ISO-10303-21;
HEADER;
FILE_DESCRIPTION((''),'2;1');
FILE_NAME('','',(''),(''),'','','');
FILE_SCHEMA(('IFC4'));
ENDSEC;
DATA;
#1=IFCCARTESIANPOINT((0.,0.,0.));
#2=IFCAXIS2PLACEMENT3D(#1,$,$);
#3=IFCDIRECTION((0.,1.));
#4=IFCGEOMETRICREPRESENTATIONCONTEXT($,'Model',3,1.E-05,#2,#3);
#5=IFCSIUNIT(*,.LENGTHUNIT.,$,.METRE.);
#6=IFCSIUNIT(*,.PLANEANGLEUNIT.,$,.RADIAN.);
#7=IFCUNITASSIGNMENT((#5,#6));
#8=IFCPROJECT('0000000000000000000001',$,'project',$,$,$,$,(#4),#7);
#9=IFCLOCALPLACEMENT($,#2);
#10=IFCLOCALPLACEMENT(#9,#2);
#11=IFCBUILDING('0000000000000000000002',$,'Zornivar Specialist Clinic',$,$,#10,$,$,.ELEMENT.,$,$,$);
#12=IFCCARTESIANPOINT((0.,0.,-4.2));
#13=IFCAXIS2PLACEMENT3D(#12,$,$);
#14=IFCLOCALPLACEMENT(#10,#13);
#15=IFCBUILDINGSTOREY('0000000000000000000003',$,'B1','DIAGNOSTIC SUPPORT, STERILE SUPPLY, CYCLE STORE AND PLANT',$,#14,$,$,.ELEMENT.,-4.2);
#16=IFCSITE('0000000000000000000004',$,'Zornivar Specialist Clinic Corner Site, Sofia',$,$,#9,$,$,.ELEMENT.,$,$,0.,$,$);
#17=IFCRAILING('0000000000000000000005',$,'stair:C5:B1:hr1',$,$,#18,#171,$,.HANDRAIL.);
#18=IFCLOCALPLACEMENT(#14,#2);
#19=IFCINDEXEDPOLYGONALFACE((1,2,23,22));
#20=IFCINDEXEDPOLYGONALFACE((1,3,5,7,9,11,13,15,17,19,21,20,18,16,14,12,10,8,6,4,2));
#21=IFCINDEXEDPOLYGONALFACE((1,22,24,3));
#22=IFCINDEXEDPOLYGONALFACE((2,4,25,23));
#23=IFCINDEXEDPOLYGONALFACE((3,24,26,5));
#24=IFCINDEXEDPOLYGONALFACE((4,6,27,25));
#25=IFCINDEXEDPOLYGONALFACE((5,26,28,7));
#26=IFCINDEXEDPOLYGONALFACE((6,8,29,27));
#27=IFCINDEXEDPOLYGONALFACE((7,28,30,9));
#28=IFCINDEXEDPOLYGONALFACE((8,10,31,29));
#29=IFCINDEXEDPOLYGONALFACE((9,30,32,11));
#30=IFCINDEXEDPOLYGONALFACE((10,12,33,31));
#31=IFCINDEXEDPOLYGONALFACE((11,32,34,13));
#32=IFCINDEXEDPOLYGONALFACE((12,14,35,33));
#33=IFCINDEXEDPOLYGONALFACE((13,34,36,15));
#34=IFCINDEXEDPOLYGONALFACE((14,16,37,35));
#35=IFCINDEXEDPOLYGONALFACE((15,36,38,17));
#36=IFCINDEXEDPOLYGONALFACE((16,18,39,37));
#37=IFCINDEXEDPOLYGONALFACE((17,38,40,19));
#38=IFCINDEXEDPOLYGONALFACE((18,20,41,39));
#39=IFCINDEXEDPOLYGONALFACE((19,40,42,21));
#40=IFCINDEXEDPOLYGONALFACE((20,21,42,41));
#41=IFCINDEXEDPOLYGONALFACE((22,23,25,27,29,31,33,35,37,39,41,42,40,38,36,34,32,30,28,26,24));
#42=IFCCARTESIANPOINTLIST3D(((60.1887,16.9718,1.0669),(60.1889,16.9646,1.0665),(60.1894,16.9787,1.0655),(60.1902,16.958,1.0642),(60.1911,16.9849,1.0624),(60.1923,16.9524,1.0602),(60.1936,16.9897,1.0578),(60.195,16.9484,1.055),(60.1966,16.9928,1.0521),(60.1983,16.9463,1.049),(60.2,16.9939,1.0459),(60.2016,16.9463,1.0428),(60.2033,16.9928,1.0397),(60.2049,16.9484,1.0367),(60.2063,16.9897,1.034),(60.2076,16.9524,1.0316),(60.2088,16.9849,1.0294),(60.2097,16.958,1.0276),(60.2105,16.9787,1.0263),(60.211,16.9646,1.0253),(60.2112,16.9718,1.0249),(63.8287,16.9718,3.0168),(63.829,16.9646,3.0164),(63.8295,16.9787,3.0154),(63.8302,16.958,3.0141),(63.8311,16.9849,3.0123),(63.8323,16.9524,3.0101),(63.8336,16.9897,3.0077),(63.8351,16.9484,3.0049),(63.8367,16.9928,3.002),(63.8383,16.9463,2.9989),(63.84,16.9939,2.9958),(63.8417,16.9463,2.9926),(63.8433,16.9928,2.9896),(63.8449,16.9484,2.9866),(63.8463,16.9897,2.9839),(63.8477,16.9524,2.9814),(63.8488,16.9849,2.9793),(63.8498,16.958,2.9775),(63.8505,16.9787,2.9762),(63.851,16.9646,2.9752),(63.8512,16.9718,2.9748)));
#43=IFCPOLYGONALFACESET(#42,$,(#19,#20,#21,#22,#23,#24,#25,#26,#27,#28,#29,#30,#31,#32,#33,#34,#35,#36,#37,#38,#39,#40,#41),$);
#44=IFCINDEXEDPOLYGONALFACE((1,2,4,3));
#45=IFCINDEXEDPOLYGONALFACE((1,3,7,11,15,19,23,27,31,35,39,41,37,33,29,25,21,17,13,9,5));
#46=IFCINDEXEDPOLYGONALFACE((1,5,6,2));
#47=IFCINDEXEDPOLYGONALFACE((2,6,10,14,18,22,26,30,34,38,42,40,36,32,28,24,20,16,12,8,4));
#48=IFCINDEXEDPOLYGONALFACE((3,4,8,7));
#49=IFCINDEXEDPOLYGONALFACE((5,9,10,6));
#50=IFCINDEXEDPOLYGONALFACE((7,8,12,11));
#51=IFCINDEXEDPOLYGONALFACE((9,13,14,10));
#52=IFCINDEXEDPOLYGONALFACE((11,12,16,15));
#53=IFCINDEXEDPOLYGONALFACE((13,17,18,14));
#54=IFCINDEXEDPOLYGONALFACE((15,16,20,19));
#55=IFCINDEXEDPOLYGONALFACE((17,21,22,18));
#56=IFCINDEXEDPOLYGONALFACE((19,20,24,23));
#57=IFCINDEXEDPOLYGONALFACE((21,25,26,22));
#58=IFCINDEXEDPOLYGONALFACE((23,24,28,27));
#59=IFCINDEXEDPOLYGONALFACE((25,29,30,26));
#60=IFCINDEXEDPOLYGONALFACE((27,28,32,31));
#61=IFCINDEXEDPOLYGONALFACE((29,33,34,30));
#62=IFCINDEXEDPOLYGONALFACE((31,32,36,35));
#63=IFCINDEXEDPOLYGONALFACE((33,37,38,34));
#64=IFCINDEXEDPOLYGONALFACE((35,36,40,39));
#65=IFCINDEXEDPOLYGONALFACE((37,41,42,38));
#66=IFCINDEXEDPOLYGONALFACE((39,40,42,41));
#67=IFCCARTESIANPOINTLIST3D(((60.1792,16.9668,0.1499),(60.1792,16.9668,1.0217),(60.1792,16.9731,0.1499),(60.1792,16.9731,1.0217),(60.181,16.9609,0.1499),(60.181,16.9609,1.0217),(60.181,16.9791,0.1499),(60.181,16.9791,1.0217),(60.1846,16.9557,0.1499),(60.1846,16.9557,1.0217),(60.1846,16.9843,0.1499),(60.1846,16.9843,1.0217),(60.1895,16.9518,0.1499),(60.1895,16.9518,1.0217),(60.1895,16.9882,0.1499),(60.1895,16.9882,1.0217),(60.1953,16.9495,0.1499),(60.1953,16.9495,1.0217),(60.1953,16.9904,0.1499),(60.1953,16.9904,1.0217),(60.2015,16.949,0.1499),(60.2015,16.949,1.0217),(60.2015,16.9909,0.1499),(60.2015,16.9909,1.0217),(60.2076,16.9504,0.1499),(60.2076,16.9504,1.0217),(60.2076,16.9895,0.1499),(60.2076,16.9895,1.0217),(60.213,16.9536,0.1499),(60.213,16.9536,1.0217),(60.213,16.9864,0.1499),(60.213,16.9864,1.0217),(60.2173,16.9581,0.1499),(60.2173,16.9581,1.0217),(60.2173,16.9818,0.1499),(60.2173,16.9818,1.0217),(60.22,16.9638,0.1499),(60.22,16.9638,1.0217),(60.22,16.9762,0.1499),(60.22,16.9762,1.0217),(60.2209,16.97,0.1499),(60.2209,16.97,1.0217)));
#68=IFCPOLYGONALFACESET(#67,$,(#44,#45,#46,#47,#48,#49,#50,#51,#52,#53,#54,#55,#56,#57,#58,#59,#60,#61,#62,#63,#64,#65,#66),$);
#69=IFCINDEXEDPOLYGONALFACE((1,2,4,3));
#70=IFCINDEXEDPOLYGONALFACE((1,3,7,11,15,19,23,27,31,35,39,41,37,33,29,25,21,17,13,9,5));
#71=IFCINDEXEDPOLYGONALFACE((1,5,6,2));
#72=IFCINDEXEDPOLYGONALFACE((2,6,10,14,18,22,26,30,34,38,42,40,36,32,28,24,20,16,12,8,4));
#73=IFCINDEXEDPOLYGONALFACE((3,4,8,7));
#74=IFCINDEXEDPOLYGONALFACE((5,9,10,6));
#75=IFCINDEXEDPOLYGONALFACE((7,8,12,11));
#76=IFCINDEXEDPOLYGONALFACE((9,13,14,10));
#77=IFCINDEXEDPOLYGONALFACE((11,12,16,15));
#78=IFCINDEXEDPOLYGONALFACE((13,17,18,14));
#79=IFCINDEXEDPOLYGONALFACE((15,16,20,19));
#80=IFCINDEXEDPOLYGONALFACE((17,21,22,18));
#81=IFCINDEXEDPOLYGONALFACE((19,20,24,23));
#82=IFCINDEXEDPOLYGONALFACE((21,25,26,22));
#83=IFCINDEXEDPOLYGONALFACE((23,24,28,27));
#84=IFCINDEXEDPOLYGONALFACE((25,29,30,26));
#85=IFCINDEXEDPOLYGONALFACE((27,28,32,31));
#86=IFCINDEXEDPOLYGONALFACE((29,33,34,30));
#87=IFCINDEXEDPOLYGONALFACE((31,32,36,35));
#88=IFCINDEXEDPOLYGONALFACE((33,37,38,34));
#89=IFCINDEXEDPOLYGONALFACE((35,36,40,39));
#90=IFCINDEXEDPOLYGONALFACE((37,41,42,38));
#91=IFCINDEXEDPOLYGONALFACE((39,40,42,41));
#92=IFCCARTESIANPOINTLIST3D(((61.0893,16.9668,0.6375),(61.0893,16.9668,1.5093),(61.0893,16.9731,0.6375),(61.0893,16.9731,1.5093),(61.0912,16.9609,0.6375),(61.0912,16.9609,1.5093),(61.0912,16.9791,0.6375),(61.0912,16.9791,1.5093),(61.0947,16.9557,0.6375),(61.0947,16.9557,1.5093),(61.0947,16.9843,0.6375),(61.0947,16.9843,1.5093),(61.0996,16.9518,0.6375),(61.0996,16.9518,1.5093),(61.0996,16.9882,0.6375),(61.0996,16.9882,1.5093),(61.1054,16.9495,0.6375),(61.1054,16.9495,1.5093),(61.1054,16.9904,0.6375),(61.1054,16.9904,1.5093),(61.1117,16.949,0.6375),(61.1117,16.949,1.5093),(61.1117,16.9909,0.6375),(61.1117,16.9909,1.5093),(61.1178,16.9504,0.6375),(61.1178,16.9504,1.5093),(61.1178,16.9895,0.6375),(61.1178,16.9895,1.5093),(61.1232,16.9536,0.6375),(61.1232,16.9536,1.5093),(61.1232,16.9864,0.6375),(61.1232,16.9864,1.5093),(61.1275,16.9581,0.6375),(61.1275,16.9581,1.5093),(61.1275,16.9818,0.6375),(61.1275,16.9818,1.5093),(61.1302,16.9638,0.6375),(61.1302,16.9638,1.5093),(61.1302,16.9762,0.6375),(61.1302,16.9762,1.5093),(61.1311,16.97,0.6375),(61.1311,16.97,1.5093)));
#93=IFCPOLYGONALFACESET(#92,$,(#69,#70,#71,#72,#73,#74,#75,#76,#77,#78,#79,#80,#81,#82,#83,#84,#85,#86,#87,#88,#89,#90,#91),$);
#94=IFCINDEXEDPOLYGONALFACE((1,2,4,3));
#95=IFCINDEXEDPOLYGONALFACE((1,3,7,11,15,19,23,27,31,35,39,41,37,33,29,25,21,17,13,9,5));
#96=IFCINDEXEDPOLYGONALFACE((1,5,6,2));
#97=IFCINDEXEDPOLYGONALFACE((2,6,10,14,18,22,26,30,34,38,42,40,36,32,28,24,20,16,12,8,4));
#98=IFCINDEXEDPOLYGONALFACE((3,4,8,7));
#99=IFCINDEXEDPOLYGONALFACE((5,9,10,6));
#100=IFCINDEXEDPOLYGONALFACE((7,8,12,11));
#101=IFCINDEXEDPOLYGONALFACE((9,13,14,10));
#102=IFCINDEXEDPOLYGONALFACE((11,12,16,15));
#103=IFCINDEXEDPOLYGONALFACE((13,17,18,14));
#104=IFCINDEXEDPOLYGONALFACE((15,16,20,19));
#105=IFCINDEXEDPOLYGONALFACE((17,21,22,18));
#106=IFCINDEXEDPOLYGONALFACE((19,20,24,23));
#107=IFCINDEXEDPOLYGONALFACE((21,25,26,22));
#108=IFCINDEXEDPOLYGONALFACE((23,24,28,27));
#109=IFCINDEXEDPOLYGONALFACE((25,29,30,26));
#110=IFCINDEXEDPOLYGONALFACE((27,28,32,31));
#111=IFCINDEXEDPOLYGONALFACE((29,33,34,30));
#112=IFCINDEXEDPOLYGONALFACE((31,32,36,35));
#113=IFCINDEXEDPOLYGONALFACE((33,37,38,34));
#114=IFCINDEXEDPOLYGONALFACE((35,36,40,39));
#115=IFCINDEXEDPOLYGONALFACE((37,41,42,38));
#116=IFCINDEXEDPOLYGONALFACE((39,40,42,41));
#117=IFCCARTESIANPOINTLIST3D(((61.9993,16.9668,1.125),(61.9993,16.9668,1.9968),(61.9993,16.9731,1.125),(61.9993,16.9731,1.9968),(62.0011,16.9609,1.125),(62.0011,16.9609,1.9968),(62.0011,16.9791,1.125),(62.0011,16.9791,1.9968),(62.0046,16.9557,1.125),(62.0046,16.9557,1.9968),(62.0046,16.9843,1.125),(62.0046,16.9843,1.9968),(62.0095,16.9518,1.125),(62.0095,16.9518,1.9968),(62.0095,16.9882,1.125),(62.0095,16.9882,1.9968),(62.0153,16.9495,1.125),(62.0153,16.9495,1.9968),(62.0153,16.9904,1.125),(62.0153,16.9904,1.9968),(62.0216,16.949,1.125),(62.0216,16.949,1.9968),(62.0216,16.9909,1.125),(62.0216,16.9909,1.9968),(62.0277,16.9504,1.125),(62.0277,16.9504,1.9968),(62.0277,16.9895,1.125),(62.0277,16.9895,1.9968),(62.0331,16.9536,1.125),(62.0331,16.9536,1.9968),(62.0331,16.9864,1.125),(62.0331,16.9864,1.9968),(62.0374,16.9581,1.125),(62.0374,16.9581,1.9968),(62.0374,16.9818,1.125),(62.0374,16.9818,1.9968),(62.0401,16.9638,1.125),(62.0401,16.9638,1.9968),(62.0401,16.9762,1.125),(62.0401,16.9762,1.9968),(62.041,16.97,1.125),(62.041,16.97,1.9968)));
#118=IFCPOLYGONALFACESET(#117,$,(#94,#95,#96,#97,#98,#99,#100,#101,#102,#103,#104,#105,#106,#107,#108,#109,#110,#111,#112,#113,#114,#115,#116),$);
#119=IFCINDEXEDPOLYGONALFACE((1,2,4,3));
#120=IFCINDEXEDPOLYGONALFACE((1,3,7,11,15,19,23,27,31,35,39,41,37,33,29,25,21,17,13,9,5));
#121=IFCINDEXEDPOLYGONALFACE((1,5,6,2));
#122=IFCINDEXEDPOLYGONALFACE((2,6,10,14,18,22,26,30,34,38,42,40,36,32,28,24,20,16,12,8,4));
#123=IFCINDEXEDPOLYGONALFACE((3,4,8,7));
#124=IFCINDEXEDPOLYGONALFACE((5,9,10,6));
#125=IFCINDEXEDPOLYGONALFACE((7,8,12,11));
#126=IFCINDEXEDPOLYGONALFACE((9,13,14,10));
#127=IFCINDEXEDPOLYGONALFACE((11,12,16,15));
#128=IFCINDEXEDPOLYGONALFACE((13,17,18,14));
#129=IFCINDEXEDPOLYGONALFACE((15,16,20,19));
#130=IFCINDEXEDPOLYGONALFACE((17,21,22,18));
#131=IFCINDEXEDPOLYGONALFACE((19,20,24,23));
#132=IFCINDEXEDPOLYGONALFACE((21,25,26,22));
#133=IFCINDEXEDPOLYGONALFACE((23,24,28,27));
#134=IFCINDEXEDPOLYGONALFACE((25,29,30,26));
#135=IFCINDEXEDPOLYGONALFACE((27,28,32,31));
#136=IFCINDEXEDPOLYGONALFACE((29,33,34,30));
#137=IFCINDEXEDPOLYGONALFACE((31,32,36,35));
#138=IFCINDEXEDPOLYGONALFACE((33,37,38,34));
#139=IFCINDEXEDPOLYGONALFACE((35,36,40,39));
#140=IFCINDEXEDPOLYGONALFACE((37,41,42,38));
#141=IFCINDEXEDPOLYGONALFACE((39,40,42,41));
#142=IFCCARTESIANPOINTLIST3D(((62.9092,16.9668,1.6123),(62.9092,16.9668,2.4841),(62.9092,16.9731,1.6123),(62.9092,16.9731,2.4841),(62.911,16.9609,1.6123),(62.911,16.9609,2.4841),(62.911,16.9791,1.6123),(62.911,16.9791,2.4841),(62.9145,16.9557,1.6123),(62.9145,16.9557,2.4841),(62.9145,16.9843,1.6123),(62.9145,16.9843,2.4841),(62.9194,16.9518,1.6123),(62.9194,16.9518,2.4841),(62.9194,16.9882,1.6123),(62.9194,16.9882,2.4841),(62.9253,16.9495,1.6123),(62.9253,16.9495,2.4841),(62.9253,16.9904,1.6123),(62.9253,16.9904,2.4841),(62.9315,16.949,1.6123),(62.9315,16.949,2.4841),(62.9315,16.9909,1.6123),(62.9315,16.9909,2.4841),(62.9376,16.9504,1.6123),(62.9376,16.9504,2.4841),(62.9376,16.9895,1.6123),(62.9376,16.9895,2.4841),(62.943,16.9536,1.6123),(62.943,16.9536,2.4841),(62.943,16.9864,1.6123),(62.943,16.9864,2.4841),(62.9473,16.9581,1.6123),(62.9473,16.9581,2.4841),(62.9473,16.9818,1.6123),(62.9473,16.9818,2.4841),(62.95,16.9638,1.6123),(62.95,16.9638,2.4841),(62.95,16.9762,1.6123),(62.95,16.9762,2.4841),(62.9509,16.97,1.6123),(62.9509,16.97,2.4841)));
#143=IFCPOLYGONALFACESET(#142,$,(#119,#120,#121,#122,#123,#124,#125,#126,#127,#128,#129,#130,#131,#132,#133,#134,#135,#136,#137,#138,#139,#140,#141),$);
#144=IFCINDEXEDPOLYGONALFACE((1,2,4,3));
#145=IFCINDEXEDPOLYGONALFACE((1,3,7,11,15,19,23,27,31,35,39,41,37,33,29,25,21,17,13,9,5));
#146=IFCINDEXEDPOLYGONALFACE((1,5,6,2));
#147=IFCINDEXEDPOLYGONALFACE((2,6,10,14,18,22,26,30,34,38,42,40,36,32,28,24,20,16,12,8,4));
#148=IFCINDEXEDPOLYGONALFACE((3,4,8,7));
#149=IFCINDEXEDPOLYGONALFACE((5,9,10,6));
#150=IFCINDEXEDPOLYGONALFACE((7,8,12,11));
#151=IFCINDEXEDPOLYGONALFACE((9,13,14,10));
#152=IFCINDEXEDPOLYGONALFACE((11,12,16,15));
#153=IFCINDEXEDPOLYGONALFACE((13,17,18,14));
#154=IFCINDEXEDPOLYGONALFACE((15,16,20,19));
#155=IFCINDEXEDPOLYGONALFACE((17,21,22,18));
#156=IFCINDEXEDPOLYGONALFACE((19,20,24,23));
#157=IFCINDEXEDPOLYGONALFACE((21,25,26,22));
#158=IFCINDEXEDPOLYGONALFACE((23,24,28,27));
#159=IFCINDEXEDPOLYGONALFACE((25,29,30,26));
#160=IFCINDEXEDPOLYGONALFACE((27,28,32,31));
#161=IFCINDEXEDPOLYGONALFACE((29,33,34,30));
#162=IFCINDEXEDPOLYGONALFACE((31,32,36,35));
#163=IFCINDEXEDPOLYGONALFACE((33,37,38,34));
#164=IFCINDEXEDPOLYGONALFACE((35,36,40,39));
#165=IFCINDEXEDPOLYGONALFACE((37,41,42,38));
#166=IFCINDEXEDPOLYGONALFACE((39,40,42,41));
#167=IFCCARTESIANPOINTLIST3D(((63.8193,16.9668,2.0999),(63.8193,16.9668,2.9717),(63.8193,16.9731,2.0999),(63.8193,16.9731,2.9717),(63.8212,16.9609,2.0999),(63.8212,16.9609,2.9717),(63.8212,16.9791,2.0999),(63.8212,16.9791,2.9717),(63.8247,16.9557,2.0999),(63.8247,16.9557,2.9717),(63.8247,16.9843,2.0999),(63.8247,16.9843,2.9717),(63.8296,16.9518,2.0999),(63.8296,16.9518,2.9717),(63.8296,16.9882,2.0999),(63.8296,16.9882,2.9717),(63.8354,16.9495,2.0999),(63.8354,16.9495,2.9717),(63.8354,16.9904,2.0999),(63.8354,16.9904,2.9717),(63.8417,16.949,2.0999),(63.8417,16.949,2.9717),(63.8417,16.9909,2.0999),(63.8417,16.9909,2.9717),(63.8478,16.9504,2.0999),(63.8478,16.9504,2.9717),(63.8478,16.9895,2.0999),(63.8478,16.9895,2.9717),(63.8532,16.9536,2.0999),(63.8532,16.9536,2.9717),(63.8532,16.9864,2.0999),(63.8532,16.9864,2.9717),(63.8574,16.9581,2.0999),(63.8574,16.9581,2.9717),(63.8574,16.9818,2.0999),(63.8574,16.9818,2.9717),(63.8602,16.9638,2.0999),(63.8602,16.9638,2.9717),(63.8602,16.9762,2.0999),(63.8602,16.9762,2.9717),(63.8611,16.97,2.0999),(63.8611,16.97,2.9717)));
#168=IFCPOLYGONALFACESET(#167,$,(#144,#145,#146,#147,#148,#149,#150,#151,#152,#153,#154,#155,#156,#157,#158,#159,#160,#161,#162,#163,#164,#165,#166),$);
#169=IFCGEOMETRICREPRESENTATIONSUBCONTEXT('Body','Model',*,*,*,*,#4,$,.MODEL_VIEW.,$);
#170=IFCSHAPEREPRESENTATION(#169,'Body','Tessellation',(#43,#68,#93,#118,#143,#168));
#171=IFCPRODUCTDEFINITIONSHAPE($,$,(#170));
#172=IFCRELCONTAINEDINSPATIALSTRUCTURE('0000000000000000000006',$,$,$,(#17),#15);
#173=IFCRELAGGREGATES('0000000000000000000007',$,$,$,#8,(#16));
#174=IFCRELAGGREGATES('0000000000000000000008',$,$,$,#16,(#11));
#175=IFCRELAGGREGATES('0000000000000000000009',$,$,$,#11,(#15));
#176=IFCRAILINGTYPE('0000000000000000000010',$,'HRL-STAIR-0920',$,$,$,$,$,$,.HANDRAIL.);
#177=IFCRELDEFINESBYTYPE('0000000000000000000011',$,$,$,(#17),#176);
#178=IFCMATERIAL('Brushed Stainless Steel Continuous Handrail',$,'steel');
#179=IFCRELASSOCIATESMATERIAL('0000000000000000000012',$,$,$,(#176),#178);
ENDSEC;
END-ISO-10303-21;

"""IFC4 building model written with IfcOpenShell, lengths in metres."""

from ifc_helpers import new_model, si_unit, direction, frame, origin, origin_2d, place, context, subcontext, project, spatial, circle, extrude, material, type_object, element, save


model = new_model("IFC4")

# Units and contexts
model_context = context("Model", 3, precision=1e-05, world=origin(), true_north=direction((0.0, 1.0)))
body_context = subcontext(model_context, "Body", "Model", "MODEL_VIEW")
ifc_project = project(units=[si_unit("LENGTHUNIT", "METRE"), si_unit("PLANEANGLEUNIT", "RADIAN")], contexts=[model_context])

# Site, building, storey
site_placement = place(None, origin())
site = spatial("IfcSite", under=ifc_project, at=site_placement, Name="Zornivar Specialist Clinic Corner Site, Sofia", CompositionType="ELEMENT", RefElevation=0.0)
building_placement = place(site_placement, origin())
building = spatial("IfcBuilding", under=site, at=building_placement, Name="Zornivar Specialist Clinic", CompositionType="ELEMENT")
storey_placement = place(building_placement, frame((0.0, 0.0, -4.2)))
storey = spatial("IfcBuildingStorey", under=building, at=storey_placement, Name="B1", Description="DIAGNOSTIC SUPPORT, STERILE SUPPLY, CYCLE STORE AND PLANT", CompositionType="ELEMENT", Elevation=-4.2)

# Railing
ifc_material_1 = material(Name="Brushed Stainless Steel Continuous Handrail", Category="steel")
railing_type_1 = type_object("IfcRailingType", Name="HRL-STAIR-0920", PredefinedType="HANDRAIL", material=ifc_material_1)
railing_1_placement = place(storey_placement, frame((60.2, 16.97, 0.1499)))
element("IfcRailing", 1, at=railing_1_placement, inside=storey, type_object=railing_type_1, Name="stair:C5:B1:hr1", PredefinedType="HANDRAIL", context=body_context, shape_type="SweptSolid", body=[
    extrude(circle(Radius=0.0239, at=origin_2d()), frame((0.0, 0.0, 0.896), z_axis=(0.881492, 0.0, 0.472198), x_axis=(0.0, 1.0, 0.0)), (0.0, 0.0, 1.0), 4.1294),
    extrude(circle(Radius=0.021, at=origin_2d()), origin(), (0.0, 0.0, 1.0), 0.8718),
    extrude(circle(Radius=0.021, at=origin_2d()), frame((0.9102, 0.0, 0.4875)), (0.0, 0.0, 1.0), 0.8718),
    extrude(circle(Radius=0.021, at=origin_2d()), frame((1.8201, 0.0, 0.9751)), (0.0, 0.0, 1.0), 0.8718),
    extrude(circle(Radius=0.021, at=origin_2d()), frame((2.73, 0.0, 1.4624)), (0.0, 0.0, 1.0), 0.8718),
    extrude(circle(Radius=0.021, at=origin_2d()), frame((3.6401, 0.0, 1.95)), (0.0, 0.0, 1.0), 0.8718),
])

save(model, "model.ifc")
